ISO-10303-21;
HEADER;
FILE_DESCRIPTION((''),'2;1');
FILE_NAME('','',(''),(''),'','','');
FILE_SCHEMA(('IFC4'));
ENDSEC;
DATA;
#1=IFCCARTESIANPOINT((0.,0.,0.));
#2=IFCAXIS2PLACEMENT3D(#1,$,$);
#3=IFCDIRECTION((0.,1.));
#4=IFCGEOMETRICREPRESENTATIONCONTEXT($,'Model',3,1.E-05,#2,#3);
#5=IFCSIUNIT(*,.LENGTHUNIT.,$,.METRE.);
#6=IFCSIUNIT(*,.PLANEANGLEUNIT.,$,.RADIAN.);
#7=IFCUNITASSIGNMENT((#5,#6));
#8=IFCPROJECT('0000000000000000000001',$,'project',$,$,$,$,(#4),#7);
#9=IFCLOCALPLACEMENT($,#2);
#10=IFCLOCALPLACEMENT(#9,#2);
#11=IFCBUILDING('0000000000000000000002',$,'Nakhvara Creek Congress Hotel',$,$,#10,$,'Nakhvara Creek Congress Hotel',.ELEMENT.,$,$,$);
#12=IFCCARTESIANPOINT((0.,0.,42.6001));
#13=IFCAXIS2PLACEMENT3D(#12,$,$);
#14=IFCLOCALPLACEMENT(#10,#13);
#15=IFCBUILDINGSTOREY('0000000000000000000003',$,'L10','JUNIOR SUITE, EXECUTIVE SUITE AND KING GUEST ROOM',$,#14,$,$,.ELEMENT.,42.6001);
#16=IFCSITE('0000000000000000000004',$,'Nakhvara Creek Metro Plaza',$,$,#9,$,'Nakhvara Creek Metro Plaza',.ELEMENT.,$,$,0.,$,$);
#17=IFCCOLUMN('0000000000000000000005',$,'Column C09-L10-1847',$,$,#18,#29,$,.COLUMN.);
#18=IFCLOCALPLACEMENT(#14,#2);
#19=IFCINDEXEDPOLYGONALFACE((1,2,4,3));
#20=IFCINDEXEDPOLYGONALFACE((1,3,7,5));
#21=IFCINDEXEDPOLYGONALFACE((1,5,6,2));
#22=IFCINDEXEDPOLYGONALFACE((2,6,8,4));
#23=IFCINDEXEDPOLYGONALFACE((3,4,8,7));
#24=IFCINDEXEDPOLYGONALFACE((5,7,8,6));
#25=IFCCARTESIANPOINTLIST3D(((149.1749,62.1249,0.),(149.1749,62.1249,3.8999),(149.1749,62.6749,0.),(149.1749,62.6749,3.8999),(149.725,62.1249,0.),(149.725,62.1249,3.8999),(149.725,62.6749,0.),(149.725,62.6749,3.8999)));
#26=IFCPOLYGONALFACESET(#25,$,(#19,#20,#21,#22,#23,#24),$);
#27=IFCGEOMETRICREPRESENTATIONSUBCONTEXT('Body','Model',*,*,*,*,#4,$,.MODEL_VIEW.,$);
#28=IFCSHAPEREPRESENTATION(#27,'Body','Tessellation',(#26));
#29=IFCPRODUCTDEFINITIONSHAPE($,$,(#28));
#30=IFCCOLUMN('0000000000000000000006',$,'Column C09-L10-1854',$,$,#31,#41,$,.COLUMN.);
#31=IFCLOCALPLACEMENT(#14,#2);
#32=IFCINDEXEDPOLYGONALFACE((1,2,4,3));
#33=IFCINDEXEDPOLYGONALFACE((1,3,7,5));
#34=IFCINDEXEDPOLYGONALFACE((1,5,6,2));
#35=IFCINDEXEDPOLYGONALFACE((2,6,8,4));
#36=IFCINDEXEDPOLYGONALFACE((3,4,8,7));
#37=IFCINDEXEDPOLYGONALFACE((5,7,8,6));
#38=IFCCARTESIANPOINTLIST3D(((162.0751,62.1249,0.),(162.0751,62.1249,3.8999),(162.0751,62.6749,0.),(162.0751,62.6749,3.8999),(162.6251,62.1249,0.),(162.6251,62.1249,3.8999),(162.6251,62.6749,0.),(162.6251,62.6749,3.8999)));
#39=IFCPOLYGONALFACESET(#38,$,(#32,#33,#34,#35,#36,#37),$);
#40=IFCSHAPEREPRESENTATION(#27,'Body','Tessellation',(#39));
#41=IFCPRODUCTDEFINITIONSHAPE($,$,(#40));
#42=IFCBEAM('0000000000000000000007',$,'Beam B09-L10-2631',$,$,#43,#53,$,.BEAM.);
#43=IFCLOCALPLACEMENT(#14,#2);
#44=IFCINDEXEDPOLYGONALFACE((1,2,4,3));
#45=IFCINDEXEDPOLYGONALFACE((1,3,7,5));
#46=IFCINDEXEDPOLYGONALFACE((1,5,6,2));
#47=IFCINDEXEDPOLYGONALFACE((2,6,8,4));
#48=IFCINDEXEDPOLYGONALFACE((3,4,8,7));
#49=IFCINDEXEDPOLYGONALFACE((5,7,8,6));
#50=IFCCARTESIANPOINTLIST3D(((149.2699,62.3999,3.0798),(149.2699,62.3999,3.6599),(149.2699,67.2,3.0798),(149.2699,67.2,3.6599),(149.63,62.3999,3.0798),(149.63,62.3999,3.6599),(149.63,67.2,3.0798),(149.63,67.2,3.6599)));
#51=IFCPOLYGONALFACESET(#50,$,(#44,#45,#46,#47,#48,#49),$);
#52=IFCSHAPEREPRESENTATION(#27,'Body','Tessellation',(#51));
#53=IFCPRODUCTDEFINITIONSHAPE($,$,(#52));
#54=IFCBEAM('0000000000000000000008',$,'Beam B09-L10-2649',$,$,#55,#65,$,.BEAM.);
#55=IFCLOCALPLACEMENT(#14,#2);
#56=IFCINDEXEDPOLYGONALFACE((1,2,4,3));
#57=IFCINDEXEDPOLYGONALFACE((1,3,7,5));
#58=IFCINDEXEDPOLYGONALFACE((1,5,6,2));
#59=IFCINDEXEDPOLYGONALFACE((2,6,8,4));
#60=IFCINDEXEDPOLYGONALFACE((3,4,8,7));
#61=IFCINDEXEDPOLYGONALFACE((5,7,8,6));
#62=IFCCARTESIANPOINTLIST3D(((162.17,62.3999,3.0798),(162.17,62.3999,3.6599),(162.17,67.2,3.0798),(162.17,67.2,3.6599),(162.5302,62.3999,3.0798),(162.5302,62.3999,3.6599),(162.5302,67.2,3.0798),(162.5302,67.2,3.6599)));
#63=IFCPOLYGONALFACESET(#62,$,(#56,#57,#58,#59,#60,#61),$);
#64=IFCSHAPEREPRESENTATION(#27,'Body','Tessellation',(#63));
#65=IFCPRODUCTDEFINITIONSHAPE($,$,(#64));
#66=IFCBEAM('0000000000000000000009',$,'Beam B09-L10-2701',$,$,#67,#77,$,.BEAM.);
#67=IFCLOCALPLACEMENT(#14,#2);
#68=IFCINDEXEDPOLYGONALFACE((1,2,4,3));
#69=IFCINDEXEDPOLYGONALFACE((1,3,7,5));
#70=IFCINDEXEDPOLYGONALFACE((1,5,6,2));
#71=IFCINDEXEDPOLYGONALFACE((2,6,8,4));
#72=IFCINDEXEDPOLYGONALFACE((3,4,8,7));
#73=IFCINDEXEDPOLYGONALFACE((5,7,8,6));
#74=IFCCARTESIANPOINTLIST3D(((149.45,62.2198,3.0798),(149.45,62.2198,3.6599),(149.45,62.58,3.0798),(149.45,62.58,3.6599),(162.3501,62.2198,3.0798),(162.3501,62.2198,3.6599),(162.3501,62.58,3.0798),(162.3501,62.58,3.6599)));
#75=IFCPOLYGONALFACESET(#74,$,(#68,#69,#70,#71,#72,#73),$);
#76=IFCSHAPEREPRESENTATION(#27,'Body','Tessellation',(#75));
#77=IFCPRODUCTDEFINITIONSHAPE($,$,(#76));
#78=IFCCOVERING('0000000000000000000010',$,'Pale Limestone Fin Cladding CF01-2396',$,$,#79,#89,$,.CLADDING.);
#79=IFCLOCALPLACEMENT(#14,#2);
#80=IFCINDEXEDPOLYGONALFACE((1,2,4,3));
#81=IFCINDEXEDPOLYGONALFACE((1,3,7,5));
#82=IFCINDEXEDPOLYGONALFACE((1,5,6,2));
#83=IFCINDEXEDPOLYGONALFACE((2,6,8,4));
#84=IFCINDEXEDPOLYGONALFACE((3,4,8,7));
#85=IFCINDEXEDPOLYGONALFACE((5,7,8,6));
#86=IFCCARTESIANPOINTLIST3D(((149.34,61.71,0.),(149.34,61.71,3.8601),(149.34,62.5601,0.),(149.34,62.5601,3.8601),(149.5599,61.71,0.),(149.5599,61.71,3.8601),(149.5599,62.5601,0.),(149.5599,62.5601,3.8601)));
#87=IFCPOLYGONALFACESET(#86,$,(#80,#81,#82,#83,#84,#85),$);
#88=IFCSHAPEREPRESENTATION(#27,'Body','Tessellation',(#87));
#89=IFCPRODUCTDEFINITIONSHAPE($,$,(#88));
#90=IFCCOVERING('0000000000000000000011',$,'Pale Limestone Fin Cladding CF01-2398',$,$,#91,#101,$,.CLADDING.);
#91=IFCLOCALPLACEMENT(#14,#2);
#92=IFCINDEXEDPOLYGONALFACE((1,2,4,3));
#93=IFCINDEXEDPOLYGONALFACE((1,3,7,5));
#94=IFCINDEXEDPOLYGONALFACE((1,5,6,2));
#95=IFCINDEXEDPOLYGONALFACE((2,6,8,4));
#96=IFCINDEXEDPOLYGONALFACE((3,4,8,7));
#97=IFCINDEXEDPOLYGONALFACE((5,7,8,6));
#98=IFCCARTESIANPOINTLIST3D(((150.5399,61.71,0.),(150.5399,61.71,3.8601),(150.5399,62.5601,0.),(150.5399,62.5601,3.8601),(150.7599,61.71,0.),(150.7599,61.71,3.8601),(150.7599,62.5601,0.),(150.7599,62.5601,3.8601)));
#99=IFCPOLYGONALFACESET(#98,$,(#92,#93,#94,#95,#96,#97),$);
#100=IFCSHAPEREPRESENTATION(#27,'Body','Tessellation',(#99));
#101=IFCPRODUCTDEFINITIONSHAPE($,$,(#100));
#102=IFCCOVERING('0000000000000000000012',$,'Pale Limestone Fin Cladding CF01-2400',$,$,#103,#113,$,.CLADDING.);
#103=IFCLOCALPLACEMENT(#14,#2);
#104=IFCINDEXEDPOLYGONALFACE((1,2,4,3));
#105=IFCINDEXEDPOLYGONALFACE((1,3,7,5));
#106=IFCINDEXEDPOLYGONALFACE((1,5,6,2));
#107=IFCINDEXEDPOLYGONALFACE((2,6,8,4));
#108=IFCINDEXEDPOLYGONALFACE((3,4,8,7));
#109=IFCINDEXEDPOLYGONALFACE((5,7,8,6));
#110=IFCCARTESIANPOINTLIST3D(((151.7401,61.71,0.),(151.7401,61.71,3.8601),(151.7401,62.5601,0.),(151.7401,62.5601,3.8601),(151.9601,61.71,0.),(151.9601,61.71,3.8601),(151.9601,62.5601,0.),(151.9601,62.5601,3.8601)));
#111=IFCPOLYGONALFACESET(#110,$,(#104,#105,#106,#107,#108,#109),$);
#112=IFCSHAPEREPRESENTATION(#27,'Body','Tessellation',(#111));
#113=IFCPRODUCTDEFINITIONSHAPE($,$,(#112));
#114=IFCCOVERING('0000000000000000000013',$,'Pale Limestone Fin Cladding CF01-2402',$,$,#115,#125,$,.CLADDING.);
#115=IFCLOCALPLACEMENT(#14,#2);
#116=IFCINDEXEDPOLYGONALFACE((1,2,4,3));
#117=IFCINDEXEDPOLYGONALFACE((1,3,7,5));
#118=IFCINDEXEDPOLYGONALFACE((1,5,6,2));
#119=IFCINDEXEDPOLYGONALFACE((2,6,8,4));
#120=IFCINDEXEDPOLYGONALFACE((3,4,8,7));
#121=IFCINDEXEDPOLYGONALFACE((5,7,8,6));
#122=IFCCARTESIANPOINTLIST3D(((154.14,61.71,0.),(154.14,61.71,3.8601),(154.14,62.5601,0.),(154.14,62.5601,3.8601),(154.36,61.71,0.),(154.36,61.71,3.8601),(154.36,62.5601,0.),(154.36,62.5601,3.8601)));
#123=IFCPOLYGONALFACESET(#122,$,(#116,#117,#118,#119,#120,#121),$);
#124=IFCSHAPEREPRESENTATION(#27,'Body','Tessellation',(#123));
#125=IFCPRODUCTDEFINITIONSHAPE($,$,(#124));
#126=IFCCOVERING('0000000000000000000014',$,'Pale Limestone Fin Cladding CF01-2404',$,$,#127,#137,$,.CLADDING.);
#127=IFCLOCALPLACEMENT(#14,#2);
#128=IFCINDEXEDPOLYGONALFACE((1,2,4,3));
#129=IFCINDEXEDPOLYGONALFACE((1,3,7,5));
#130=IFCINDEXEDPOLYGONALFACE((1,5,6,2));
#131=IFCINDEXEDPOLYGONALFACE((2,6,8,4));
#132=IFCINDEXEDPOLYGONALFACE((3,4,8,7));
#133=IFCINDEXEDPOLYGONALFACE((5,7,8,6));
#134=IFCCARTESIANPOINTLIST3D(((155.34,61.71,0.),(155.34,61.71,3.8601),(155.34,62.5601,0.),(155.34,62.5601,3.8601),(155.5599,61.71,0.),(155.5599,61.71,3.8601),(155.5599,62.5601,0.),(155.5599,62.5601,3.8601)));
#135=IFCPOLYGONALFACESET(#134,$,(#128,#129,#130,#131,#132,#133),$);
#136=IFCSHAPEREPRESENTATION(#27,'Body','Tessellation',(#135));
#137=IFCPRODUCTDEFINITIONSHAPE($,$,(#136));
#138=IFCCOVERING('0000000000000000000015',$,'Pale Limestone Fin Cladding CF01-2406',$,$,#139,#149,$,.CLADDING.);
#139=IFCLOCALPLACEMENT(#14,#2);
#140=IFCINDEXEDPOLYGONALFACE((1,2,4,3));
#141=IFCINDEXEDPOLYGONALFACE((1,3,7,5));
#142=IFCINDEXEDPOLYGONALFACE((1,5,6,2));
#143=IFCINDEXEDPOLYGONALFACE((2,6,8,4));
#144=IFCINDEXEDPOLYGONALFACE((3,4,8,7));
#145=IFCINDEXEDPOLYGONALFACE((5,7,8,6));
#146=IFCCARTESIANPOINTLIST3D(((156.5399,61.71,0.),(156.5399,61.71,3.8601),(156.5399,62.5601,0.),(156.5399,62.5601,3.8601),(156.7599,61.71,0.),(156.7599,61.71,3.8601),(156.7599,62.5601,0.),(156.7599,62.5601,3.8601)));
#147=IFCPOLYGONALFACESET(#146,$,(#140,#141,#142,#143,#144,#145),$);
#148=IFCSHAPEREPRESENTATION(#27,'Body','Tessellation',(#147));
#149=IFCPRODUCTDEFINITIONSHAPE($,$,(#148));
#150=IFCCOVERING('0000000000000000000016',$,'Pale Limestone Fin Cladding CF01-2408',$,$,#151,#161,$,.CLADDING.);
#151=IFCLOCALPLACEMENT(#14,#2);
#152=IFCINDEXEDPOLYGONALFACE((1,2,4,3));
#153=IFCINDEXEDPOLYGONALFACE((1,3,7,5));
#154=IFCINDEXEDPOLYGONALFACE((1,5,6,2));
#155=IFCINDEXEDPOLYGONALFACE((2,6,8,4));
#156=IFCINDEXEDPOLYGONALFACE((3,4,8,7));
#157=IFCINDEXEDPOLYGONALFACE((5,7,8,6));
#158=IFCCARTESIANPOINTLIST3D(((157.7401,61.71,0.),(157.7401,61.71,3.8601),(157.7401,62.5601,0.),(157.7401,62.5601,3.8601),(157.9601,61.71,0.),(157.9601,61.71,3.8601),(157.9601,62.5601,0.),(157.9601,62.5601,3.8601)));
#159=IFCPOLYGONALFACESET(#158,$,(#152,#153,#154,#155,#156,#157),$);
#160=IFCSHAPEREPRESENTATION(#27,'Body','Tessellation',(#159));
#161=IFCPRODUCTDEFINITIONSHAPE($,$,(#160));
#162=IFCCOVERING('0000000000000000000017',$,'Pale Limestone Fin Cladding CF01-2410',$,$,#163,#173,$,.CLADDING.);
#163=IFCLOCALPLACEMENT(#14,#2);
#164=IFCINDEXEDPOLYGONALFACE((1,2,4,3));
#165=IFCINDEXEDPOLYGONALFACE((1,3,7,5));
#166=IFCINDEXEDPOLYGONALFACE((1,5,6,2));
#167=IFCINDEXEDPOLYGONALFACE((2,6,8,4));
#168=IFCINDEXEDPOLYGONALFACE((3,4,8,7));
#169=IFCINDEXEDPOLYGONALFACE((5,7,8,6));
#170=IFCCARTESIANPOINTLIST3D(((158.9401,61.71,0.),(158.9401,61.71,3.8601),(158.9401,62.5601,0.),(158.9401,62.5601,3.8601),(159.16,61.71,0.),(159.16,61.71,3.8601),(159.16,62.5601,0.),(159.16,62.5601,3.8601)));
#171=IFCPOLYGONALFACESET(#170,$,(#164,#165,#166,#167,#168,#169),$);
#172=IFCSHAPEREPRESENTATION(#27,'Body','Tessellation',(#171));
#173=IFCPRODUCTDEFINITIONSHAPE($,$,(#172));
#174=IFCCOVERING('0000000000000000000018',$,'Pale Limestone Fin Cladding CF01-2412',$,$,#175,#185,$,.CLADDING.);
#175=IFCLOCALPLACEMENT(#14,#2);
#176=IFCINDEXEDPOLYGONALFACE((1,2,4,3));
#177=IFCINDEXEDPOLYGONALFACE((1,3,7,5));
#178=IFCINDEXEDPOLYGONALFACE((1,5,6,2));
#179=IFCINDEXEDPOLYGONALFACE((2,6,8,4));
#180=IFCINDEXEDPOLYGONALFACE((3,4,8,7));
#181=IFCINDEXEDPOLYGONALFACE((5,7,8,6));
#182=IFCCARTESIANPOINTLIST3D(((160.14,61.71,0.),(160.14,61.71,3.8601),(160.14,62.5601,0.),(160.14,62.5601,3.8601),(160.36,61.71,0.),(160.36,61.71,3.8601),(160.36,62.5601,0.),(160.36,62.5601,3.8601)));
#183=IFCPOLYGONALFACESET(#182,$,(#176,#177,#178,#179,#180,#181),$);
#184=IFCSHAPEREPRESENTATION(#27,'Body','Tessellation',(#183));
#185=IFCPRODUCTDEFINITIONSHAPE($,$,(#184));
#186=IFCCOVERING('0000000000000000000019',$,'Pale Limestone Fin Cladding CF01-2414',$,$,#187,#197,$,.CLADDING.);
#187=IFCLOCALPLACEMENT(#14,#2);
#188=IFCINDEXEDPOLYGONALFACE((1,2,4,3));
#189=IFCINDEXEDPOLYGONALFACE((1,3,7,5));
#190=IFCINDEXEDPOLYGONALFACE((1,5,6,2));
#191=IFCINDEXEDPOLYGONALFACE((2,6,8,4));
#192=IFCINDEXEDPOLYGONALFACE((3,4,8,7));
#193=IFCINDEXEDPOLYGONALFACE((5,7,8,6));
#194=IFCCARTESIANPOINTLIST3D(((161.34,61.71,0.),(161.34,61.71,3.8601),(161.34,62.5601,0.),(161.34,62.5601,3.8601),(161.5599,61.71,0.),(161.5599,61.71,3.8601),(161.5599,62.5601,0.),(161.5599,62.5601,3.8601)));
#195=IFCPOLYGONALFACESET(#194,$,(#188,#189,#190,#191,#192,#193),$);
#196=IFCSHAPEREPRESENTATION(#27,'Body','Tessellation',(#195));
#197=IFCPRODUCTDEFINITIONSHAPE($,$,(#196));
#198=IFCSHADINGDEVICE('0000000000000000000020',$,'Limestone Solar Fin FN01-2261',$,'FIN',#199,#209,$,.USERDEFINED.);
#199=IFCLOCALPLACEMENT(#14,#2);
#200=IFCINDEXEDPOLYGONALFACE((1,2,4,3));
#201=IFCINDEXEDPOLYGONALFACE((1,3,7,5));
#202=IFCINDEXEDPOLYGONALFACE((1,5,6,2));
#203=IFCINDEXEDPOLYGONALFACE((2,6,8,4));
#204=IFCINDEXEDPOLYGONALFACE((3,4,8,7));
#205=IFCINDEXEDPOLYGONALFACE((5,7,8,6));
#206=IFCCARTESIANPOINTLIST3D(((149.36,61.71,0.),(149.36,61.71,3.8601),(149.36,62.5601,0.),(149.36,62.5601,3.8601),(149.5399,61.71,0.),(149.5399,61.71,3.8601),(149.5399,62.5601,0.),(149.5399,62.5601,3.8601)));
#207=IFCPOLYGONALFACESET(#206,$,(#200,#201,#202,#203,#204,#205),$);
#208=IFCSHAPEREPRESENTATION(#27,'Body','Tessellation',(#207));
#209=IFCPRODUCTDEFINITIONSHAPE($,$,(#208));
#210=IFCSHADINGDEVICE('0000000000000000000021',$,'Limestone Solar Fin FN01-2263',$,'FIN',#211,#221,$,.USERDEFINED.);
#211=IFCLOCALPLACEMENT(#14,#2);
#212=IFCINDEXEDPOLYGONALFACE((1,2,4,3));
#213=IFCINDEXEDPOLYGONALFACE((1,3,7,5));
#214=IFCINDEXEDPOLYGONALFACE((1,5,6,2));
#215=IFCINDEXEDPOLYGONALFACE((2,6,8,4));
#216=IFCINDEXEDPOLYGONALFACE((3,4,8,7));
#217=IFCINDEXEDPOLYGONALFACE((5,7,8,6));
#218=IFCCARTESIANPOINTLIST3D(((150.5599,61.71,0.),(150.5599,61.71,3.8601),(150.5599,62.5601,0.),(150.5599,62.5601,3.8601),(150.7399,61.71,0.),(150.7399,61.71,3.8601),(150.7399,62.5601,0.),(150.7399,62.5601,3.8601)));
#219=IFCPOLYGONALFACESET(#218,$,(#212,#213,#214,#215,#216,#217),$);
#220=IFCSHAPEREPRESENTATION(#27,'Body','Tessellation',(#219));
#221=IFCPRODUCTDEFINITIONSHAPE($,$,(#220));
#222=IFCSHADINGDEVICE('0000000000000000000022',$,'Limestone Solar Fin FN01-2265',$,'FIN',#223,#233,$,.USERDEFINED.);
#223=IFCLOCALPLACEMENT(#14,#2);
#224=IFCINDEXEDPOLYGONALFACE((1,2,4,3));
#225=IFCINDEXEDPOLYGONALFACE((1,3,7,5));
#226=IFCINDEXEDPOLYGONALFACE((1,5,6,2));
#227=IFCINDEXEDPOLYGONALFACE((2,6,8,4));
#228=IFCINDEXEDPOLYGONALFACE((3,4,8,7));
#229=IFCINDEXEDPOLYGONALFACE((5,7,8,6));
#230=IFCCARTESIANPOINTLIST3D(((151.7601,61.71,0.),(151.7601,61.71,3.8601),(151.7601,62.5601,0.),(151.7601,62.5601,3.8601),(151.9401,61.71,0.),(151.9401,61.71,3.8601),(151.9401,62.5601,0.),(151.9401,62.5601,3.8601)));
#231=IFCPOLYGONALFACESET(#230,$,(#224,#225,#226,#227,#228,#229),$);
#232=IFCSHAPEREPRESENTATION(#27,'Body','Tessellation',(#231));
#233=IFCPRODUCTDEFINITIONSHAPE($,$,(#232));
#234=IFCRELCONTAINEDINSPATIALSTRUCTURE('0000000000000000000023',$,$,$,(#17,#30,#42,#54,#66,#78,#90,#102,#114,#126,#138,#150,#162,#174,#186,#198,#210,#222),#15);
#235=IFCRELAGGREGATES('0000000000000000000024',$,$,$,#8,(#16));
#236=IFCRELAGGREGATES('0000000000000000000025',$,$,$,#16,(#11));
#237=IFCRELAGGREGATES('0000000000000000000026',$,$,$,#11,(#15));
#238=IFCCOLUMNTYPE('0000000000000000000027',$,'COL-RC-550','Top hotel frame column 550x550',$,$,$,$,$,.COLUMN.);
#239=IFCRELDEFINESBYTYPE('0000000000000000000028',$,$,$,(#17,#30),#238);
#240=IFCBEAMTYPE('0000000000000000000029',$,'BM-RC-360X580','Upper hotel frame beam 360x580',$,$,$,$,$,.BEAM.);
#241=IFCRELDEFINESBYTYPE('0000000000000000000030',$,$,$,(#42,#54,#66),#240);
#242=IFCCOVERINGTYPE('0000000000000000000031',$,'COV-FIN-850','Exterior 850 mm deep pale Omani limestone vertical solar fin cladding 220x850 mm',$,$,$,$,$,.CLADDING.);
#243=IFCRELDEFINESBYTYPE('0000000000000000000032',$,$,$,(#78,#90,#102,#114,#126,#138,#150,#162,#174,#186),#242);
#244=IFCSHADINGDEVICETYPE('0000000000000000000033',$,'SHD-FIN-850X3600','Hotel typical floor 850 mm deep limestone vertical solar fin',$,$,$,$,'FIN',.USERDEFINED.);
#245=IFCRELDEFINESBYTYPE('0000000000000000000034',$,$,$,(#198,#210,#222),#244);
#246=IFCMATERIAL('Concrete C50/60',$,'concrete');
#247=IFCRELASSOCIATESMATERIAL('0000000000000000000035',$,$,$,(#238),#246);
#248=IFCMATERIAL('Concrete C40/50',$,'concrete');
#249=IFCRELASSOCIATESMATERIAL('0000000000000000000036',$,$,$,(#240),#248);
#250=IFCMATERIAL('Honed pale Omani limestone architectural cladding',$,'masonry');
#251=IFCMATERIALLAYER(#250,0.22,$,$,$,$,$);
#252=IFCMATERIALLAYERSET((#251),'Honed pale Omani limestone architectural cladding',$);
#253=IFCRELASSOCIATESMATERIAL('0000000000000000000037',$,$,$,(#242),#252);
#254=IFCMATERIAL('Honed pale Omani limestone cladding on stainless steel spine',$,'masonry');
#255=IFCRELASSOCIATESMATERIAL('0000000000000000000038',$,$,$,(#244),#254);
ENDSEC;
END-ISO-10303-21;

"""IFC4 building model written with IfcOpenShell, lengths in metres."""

from ifc_helpers import new_model, si_unit, direction, frame, origin, origin_2d, place, context, subcontext, project, spatial, rectangle, extrude, material, layer, layer_set, material_profile, profile_set, type_object, element, save


model = new_model("IFC4")

# Units and contexts
model_context = context("Model", 3, precision=1e-05, world=origin(), true_north=direction((0.0, 1.0)))
body_context = subcontext(model_context, "Body", "Model", "MODEL_VIEW")
ifc_project = project(units=[si_unit("LENGTHUNIT", "METRE"), si_unit("PLANEANGLEUNIT", "RADIAN")], contexts=[model_context])

# Site, building, storey
site_placement = place(None, origin())
site = spatial("IfcSite", under=ifc_project, at=site_placement, Name="Nakhvara Creek Metro Plaza", LongName="Nakhvara Creek Metro Plaza", CompositionType="ELEMENT", RefElevation=0.0)
building_placement = place(site_placement, origin())
building = spatial("IfcBuilding", under=site, at=building_placement, Name="Nakhvara Creek Congress Hotel", LongName="Nakhvara Creek Congress Hotel", CompositionType="ELEMENT")
storey_placement = place(building_placement, frame((0.0, 0.0, 42.6001)))
storey = spatial("IfcBuildingStorey", under=building, at=storey_placement, Name="L10", Description="JUNIOR SUITE, EXECUTIVE SUITE AND KING GUEST ROOM", CompositionType="ELEMENT", Elevation=42.6001)

# Columns
ifc_material_1 = material(Name="Concrete C50/60", Category="concrete")
ifc_material_profile_1 = material_profile(ifc_material_1, rectangle(XDim=0.55, YDim=0.55, at=origin_2d()), Name="RC-COL 550x550", Category="LoadBearing")
ifc_profile_set_1 = profile_set([ifc_material_profile_1], Name="Concrete C50/60")
column_type = type_object("IfcColumnType", Name="COL-RC-550", Description="Top hotel frame column 550x550", PredefinedType="COLUMN", material=ifc_profile_set_1)
for number, where, z_axis, x_axis, name in (
    (1, (149.45, 62.3999, 0.0), (0.0, 0.0, 1.0), (1.0, 0.0, 0.0), "Column C09-L10-1847"),
    (2, (162.3501, 62.3999, 0.0), (0.0, 0.0, 1.0), (1.0, 0.0, 0.0), "Column C09-L10-1854"),
):
    element("IfcColumn", number, at=place(storey_placement, frame(where, z_axis=z_axis, x_axis=x_axis)), inside=storey, type_object=column_type, Name=name, PredefinedType="COLUMN", context=body_context, shape_type="SweptSolid", body=[
        extrude(rectangle(XDim=0.55, YDim=0.55, at=origin_2d()), origin(), (0.0, 0.0, 1.0), 3.8999),
    ])

# Beams
ifc_material_2 = material(Name="Concrete C40/50", Category="concrete")
ifc_material_profile_2 = material_profile(ifc_material_2, rectangle(XDim=0.3601, YDim=0.5801, at=origin_2d()), Name="RC-BM 360x580", Category="LoadBearing")
ifc_profile_set_2 = profile_set([ifc_material_profile_2], Name="Concrete C40/50")
beam_type = type_object("IfcBeamType", Name="BM-RC-360X580", Description="Upper hotel frame beam 360x580", PredefinedType="BEAM", material=ifc_profile_set_2)
for number, where, z_axis, x_axis, name in (
    (3, (149.45, 62.3999, 3.3699), (0.0, 1.0, 0.0), (-1.0, 0.0, 0.0), "Beam B09-L10-2631"),
    (4, (162.3501, 62.3999, 3.3699), (0.0, 1.0, 0.0), (-1.0, 0.0, 0.0), "Beam B09-L10-2649"),
):
    element("IfcBeam", number, at=place(storey_placement, frame(where, z_axis=z_axis, x_axis=x_axis)), inside=storey, type_object=beam_type, Name=name, PredefinedType="BEAM", context=body_context, shape_type="SweptSolid", body=[
        extrude(rectangle(XDim=0.3601, YDim=0.5801, at=origin_2d()), origin(), (0.0, 0.0, 1.0), 4.8),
    ])
beam_placement = place(storey_placement, frame((149.45, 62.3999, 3.3699), z_axis=(1.0, 0.0, 0.0), x_axis=(0.0, 1.0, 0.0)))
element("IfcBeam", 5, at=beam_placement, inside=storey, type_object=beam_type, Name="Beam B09-L10-2701", PredefinedType="BEAM", context=body_context, shape_type="SweptSolid", body=[
    extrude(rectangle(XDim=0.3601, YDim=0.5801, at=origin_2d()), origin(), (0.0, 0.0, 1.0), 12.9001),
])

# Coverings
ifc_material_3 = material(Name="Honed pale Omani limestone architectural cladding", Category="masonry")
ifc_layer = layer(ifc_material_3, 0.22)
ifc_layer_set = layer_set([ifc_layer], Name="Honed pale Omani limestone architectural cladding")
covering_type = type_object("IfcCoveringType", Name="COV-FIN-850", Description="Exterior 850 mm deep pale Omani limestone vertical solar fin cladding 220x850 mm", PredefinedType="CLADDING", material=ifc_layer_set)
for number, where, z_axis, x_axis, name in (
    (6, (149.45, 62.135, 0.0), (0.0, 0.0, 1.0), (1.0, 0.0, 0.0), "Pale Limestone Fin Cladding CF01-2396"),
    (7, (150.6499, 62.135, 0.0), (0.0, 0.0, 1.0), (1.0, 0.0, 0.0), "Pale Limestone Fin Cladding CF01-2398"),
    (8, (151.8501, 62.135, 0.0), (0.0, 0.0, 1.0), (1.0, 0.0, 0.0), "Pale Limestone Fin Cladding CF01-2400"),
    (9, (154.25, 62.135, 0.0), (0.0, 0.0, 1.0), (1.0, 0.0, 0.0), "Pale Limestone Fin Cladding CF01-2402"),
    (10, (155.45, 62.135, 0.0), (0.0, 0.0, 1.0), (1.0, 0.0, 0.0), "Pale Limestone Fin Cladding CF01-2404"),
    (11, (156.6499, 62.135, 0.0), (0.0, 0.0, 1.0), (1.0, 0.0, 0.0), "Pale Limestone Fin Cladding CF01-2406"),
    (12, (157.8501, 62.135, 0.0), (0.0, 0.0, 1.0), (1.0, 0.0, 0.0), "Pale Limestone Fin Cladding CF01-2408"),
    (13, (159.05, 62.135, 0.0), (0.0, 0.0, 1.0), (1.0, 0.0, 0.0), "Pale Limestone Fin Cladding CF01-2410"),
    (14, (160.25, 62.135, 0.0), (0.0, 0.0, 1.0), (1.0, 0.0, 0.0), "Pale Limestone Fin Cladding CF01-2412"),
    (15, (161.45, 62.135, 0.0), (0.0, 0.0, 1.0), (1.0, 0.0, 0.0), "Pale Limestone Fin Cladding CF01-2414"),
):
    element("IfcCovering", number, at=place(storey_placement, frame(where, z_axis=z_axis, x_axis=x_axis)), inside=storey, type_object=covering_type, Name=name, PredefinedType="CLADDING", context=body_context, shape_type="SweptSolid", body=[
        extrude(rectangle(XDim=0.22, YDim=0.8501, at=origin_2d()), origin(), (0.0, 0.0, 1.0), 3.8601),
    ])

# Shading devices
ifc_material_4 = material(Name="Honed pale Omani limestone cladding on stainless steel spine", Category="masonry")
shading_device_type = type_object("IfcShadingDeviceType", Name="SHD-FIN-850X3600", Description="Hotel typical floor 850 mm deep limestone vertical solar fin", ElementType="FIN", PredefinedType="USERDEFINED", material=ifc_material_4)
for number, where, z_axis, x_axis, name in (
    (16, (149.45, 62.135, 0.0), (0.0, 0.0, 1.0), (1.0, 0.0, 0.0), "Limestone Solar Fin FN01-2261"),
    (17, (150.6499, 62.135, 0.0), (0.0, 0.0, 1.0), (1.0, 0.0, 0.0), "Limestone Solar Fin FN01-2263"),
    (18, (151.8501, 62.135, 0.0), (0.0, 0.0, 1.0), (1.0, 0.0, 0.0), "Limestone Solar Fin FN01-2265"),
):
    element("IfcShadingDevice", number, at=place(storey_placement, frame(where, z_axis=z_axis, x_axis=x_axis)), inside=storey, type_object=shading_device_type, Name=name, ObjectType="FIN", PredefinedType="USERDEFINED", context=body_context, shape_type="SweptSolid", body=[
        extrude(rectangle(XDim=0.1799, YDim=0.8501, at=origin_2d()), origin(), (0.0, 0.0, 1.0), 3.8601),
    ])

save(model, "model.ifc")
